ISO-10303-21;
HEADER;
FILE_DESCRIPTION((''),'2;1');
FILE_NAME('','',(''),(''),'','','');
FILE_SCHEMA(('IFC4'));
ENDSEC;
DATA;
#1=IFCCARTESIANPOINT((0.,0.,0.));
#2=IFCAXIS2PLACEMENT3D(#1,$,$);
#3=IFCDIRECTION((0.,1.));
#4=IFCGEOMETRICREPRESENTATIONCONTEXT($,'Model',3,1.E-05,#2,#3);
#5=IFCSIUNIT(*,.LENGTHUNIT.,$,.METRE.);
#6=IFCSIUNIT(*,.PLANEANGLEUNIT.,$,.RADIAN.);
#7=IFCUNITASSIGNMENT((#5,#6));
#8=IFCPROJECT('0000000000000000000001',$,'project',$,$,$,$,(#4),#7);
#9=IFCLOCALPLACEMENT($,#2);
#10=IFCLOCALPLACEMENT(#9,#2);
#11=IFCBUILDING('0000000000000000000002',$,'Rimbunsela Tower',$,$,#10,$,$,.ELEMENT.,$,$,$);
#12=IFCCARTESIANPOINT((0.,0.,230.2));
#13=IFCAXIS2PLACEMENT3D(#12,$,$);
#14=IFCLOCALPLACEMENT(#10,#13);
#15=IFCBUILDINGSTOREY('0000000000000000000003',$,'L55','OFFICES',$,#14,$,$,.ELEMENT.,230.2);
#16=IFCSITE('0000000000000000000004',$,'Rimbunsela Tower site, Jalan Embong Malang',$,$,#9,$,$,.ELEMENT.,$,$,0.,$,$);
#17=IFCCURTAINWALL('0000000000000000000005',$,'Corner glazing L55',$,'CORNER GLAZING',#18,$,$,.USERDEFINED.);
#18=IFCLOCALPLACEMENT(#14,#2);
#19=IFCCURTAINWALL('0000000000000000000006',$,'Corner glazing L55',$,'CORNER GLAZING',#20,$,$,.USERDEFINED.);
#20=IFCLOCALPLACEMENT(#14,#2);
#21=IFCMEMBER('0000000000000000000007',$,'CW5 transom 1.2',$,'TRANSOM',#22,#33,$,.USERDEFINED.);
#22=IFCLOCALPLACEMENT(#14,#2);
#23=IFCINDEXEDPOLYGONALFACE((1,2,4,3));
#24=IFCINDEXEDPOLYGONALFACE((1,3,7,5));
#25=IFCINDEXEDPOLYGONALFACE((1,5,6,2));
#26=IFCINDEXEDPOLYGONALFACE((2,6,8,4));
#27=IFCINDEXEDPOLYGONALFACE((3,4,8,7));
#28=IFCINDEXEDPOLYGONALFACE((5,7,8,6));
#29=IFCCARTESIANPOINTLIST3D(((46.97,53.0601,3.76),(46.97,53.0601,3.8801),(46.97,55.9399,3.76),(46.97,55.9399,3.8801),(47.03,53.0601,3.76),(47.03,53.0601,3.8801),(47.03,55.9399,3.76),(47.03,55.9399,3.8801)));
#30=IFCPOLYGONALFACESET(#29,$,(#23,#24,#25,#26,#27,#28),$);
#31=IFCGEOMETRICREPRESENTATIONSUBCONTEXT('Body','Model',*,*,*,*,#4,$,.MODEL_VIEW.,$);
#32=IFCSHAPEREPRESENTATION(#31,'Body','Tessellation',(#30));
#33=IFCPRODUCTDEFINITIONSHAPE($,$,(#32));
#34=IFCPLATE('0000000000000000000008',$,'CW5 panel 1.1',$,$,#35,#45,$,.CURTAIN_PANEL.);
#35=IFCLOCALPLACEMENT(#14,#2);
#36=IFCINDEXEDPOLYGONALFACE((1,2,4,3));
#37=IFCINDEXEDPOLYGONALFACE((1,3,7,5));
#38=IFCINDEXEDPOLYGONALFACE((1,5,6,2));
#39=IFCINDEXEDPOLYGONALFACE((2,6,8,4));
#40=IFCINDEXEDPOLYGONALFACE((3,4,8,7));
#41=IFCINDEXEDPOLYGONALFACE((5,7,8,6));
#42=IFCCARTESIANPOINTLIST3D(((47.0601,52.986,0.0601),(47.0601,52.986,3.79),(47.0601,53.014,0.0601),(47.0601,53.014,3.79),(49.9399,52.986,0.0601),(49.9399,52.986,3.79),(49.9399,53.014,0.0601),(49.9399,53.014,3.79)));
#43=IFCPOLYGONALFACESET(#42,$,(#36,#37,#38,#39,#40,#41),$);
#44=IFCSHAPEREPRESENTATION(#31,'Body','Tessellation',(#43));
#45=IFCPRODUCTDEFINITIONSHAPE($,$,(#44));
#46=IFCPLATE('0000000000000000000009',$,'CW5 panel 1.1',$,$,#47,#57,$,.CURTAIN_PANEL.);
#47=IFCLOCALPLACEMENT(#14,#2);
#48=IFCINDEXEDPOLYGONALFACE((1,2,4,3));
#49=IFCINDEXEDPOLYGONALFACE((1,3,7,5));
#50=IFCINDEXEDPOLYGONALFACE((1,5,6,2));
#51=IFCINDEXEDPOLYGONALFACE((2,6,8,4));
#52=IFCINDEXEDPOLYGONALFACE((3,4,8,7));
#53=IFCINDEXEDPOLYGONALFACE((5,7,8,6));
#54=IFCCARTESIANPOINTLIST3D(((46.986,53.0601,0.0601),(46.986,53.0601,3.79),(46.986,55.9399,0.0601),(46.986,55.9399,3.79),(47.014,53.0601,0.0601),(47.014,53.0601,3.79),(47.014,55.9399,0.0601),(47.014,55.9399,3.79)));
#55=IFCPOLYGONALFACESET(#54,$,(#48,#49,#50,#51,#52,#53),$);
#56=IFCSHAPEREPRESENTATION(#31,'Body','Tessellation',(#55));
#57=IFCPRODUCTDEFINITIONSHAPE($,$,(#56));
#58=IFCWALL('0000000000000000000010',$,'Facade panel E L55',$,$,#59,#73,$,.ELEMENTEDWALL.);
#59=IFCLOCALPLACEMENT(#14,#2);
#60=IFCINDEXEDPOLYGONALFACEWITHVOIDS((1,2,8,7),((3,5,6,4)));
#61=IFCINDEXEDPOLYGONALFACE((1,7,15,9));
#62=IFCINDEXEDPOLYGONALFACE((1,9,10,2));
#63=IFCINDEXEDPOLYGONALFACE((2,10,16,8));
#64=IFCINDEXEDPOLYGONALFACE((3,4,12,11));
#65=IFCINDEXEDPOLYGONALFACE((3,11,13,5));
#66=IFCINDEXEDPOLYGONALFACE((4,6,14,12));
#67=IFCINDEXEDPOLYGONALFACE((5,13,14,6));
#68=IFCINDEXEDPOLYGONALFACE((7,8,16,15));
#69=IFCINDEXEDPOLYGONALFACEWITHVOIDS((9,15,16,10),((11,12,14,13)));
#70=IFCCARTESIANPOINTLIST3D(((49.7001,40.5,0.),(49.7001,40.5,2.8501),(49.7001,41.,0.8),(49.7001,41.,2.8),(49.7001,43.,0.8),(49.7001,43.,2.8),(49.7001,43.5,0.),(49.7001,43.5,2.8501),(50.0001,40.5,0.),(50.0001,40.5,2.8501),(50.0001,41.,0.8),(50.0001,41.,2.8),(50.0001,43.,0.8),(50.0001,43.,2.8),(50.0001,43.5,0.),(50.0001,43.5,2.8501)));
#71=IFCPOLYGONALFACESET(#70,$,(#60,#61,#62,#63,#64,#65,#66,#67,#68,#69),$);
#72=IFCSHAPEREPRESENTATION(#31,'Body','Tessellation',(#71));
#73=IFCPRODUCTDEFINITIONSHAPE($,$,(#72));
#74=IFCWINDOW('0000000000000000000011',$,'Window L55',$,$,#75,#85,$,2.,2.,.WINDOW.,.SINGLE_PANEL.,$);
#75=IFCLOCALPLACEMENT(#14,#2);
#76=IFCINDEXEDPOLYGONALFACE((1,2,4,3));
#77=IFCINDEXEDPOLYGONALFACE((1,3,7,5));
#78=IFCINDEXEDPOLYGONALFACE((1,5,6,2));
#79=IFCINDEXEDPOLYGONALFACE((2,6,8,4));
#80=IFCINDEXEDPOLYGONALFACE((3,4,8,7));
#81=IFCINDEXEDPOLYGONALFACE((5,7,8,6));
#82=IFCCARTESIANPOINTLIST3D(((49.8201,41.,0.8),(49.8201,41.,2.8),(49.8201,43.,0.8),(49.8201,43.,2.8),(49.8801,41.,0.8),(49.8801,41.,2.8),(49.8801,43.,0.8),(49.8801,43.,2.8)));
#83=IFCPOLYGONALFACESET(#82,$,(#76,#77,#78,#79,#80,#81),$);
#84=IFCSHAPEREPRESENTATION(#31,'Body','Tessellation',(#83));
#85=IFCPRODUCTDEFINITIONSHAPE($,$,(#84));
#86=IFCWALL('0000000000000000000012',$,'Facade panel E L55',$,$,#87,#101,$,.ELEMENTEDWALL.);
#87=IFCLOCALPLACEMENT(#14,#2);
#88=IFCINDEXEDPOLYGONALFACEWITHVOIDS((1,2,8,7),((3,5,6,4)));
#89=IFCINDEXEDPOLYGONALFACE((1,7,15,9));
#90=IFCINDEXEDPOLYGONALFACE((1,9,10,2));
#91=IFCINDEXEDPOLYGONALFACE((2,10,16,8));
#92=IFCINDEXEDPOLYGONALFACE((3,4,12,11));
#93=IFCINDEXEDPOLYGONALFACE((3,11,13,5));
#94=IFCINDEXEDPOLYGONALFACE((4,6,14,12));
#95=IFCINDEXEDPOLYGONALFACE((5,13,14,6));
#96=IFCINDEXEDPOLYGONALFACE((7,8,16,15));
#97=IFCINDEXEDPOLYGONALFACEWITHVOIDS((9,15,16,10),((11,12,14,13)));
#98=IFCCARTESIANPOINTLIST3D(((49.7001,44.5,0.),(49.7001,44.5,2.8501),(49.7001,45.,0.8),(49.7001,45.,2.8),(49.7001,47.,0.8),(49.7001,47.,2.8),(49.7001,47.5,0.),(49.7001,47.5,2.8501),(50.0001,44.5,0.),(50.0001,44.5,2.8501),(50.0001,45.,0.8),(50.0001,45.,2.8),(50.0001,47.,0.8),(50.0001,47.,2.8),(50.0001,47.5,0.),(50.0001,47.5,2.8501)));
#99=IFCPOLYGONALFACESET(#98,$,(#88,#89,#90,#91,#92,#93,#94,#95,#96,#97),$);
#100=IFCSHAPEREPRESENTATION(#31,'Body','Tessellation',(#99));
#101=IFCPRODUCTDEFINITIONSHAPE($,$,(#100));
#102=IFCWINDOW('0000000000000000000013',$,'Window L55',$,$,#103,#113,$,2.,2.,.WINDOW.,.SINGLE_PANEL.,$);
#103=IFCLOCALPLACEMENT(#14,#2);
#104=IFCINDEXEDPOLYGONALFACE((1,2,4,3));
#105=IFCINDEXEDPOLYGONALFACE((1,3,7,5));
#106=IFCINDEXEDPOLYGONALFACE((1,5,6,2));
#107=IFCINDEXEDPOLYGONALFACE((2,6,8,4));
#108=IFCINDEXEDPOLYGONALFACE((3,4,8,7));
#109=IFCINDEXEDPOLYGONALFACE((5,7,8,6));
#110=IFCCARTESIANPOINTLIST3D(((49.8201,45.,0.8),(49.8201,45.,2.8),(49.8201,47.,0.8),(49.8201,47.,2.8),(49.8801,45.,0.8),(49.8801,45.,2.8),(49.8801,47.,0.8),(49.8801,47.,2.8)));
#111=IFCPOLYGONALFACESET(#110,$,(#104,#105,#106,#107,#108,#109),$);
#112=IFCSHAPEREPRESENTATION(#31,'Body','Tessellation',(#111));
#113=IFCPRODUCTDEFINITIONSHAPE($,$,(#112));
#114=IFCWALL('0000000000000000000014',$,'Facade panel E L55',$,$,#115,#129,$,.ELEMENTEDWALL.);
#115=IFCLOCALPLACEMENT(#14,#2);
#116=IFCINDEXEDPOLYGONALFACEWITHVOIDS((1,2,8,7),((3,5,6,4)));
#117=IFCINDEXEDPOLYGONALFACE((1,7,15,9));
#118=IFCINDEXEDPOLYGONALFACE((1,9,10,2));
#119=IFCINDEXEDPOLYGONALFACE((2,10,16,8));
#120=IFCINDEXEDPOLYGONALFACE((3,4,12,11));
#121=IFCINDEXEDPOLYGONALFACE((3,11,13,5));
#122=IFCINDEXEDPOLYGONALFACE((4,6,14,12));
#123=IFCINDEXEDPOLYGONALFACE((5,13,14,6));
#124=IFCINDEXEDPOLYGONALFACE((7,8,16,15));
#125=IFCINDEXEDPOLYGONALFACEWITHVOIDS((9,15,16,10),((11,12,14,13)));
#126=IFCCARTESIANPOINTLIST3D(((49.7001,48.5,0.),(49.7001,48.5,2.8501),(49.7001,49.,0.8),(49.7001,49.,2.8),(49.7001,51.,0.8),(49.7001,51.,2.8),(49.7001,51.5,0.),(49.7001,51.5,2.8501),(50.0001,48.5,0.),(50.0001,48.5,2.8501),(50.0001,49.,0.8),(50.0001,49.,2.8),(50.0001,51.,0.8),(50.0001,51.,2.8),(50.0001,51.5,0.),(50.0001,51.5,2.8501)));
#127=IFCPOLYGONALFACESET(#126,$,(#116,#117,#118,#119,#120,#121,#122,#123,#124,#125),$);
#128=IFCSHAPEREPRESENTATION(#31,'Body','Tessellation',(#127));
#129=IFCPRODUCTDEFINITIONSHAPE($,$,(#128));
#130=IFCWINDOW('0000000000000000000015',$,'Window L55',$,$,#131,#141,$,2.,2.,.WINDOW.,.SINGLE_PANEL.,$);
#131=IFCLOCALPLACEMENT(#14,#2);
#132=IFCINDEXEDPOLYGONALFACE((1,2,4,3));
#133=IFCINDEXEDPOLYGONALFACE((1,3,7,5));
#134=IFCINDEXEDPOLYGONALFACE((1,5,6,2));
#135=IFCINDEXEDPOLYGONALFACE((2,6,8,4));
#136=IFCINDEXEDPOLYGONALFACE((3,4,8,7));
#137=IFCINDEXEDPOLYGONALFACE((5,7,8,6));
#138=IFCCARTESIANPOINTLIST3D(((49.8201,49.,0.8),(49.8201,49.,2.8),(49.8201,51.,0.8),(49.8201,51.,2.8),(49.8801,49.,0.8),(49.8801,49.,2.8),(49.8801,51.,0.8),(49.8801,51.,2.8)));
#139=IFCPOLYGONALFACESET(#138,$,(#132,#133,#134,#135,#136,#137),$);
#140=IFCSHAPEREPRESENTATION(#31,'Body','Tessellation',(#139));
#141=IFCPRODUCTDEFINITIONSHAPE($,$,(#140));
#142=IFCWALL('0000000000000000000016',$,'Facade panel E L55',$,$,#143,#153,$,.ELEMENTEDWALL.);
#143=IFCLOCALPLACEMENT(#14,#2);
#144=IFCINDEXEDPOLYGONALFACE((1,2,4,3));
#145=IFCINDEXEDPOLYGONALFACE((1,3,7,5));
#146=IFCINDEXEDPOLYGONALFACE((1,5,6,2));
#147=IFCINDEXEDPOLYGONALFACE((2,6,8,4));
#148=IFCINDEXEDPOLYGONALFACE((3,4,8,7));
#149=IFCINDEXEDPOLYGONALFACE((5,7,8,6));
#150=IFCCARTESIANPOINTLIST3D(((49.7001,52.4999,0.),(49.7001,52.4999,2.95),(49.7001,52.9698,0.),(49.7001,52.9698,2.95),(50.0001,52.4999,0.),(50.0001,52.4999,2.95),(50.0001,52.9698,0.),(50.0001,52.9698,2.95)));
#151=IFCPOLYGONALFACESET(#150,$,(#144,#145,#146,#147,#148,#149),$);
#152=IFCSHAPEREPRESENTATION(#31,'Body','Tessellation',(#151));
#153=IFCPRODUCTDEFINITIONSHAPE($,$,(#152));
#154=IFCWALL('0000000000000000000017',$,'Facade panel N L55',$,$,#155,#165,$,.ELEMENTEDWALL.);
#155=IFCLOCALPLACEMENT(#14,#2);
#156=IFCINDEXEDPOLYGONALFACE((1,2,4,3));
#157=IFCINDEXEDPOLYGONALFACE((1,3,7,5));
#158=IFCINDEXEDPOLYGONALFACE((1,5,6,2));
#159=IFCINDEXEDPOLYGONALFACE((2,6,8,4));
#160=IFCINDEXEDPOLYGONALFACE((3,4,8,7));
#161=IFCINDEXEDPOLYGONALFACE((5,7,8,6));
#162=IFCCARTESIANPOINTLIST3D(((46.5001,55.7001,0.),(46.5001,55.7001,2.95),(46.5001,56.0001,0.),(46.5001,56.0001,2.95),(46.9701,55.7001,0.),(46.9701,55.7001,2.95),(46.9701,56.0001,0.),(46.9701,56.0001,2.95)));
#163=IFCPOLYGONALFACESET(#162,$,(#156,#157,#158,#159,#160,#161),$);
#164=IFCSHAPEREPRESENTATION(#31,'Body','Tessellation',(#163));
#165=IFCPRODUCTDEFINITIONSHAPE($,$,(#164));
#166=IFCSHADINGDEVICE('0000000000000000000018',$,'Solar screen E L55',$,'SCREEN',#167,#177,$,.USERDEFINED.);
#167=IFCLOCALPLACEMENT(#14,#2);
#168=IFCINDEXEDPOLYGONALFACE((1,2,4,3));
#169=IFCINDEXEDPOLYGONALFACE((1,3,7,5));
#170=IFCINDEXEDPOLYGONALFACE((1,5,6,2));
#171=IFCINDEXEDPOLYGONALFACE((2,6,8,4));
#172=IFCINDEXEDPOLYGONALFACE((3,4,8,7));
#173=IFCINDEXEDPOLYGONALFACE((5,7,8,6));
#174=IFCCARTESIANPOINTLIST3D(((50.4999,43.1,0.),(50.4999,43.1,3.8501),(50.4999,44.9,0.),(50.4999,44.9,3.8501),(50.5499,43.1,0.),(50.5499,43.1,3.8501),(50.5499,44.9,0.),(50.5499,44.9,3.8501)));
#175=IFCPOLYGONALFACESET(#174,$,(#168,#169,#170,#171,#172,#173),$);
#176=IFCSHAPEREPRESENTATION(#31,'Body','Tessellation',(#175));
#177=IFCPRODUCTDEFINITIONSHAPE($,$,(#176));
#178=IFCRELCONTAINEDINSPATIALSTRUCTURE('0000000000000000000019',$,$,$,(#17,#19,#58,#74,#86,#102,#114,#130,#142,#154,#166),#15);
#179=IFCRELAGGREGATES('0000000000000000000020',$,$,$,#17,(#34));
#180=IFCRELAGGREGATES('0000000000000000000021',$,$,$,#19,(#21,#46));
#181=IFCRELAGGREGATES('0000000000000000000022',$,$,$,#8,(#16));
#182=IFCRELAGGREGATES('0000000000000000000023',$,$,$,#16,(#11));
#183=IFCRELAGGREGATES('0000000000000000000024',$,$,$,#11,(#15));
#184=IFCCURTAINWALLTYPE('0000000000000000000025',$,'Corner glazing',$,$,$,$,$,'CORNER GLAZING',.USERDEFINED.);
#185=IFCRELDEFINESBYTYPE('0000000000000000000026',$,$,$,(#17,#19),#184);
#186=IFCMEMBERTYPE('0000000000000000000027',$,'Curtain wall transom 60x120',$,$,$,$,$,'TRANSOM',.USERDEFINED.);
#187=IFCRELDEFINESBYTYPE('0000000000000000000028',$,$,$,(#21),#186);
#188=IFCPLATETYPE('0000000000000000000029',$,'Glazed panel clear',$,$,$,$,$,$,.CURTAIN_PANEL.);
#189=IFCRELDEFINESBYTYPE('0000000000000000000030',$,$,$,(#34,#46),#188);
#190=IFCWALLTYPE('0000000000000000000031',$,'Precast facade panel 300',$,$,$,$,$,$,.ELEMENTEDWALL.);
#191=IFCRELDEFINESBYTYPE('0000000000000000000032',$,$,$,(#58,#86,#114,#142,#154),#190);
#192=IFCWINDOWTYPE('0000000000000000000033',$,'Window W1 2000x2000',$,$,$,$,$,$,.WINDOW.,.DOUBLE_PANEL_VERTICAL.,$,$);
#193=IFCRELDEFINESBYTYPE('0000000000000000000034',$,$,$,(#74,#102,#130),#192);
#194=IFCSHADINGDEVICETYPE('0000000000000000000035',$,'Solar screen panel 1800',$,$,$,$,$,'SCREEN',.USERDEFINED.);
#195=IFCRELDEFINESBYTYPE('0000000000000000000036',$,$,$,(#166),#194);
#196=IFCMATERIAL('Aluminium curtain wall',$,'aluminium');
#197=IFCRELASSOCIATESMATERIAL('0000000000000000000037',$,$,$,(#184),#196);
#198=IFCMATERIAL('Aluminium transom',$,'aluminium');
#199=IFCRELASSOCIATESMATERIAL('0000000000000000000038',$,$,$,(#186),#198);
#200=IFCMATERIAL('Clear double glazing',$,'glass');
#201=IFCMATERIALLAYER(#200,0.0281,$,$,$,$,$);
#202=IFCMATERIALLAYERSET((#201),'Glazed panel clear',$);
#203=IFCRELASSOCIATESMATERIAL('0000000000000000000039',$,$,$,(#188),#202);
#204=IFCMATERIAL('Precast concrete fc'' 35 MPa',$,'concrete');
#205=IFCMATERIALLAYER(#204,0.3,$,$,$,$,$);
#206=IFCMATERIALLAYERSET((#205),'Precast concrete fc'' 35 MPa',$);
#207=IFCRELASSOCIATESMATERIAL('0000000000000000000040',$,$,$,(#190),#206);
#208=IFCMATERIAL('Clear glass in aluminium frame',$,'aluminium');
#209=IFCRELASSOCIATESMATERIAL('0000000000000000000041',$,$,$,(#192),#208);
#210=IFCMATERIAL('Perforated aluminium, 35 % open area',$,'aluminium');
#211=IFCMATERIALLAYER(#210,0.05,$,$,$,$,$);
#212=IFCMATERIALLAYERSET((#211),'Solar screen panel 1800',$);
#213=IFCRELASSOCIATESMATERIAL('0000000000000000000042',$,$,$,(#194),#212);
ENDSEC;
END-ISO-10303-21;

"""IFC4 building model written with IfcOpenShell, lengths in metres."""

from ifc_helpers import new_model, si_unit, direction, frame, frame_2d, origin, origin_2d, place, context, subcontext, project, spatial, rectangle, extrude, material, layer, layer_set, material_profile, profile_set, type_object, element, fill, aggregate, save


model = new_model("IFC4")

# Units and contexts
model_context = context("Model", 3, precision=1e-05, world=origin(), true_north=direction((0.0, 1.0)))
body_context = subcontext(model_context, "Body", "Model", "MODEL_VIEW")
ifc_project = project(units=[si_unit("LENGTHUNIT", "METRE"), si_unit("PLANEANGLEUNIT", "RADIAN")], contexts=[model_context])

# Site, building, storey
site_placement = place(None, origin())
site = spatial("IfcSite", under=ifc_project, at=site_placement, Name="Rimbunsela Tower site, Jalan Embong Malang", CompositionType="ELEMENT", RefElevation=0.0)
building_placement = place(site_placement, origin())
building = spatial("IfcBuilding", under=site, at=building_placement, Name="Rimbunsela Tower", CompositionType="ELEMENT")
storey_placement = place(building_placement, frame((0.0, 0.0, 230.2)))
storey = spatial("IfcBuildingStorey", under=building, at=storey_placement, Name="L55", Description="OFFICES", CompositionType="ELEMENT", Elevation=230.2)

# Curtain walls
ifc_material_1 = material(Name="Aluminium curtain wall", Category="aluminium")
curtain_wall_type = type_object("IfcCurtainWallType", Name="Corner glazing", ElementType="CORNER GLAZING", PredefinedType="USERDEFINED", material=ifc_material_1)
curtain_wall_1_placement = place(storey_placement, origin())
curtain_wall_1 = element("IfcCurtainWall", 1, at=curtain_wall_1_placement, inside=storey, type_object=curtain_wall_type, Name="Corner glazing L55", ObjectType="CORNER GLAZING", PredefinedType="USERDEFINED")
curtain_wall_2_placement = place(storey_placement, origin())
curtain_wall_2 = element("IfcCurtainWall", 2, at=curtain_wall_2_placement, inside=storey, type_object=curtain_wall_type, Name="Corner glazing L55", ObjectType="CORNER GLAZING", PredefinedType="USERDEFINED")

# Member
ifc_material_2 = material(Name="Aluminium transom", Category="aluminium")
ifc_material_profile_1 = material_profile(ifc_material_2, rectangle(XDim=0.0601, YDim=0.1201, at=origin_2d()), Name="Transom 60x120")
ifc_profile_set_1 = profile_set([ifc_material_profile_1], Name="Aluminium transom")
member_type_1 = type_object("IfcMemberType", Name="Curtain wall transom 60x120", ElementType="TRANSOM", PredefinedType="USERDEFINED", material=ifc_profile_set_1)
member_1_placement = place(storey_placement, frame((47.0, 53.0601, 3.8201), z_axis=(0.0, 1.0, 0.0), x_axis=(-1.0, 0.0, 0.0)))
member_1 = element("IfcMember", 3, at=member_1_placement, type_object=member_type_1, Name="CW5 transom 1.2", ObjectType="TRANSOM", PredefinedType="USERDEFINED", context=body_context, shape_type="SweptSolid", body=[
    extrude(rectangle(XDim=0.0601, YDim=0.1201, at=origin_2d()), origin(), (0.0, 0.0, 1.0), 2.8799),
])

# Plates
ifc_material_3 = material(Name="Clear double glazing", Category="glass")
ifc_layer_1 = layer(ifc_material_3, 0.0281)
ifc_layer_set_1 = layer_set([ifc_layer_1], Name="Glazed panel clear")
plate_type = type_object("IfcPlateType", Name="Glazed panel clear", PredefinedType="CURTAIN_PANEL", material=ifc_layer_set_1)
plate_1_placement = place(storey_placement, frame((48.5, 53.0, 0.0601), z_axis=(0.0, 0.0, 1.0), x_axis=(-1.0, 0.0, 0.0)))
plate_1 = element("IfcPlate", 4, at=plate_1_placement, type_object=plate_type, Name="CW5 panel 1.1", PredefinedType="CURTAIN_PANEL", context=body_context, shape_type="SweptSolid", body=[
    extrude(rectangle(XDim=2.8799, YDim=0.0281, at=origin_2d()), origin(), (0.0, 0.0, 1.0), 3.73),
])
aggregate(curtain_wall_1, [plate_1])
plate_2_placement = place(storey_placement, frame((47.0, 54.5, 0.0601), z_axis=(0.0, 0.0, 1.0), x_axis=(0.0, 1.0, 0.0)))
plate_2 = element("IfcPlate", 5, at=plate_2_placement, type_object=plate_type, Name="CW5 panel 1.1", PredefinedType="CURTAIN_PANEL", context=body_context, shape_type="SweptSolid", body=[
    extrude(rectangle(XDim=2.8799, YDim=0.0281, at=origin_2d()), origin(), (0.0, 0.0, 1.0), 3.73),
])
aggregate(curtain_wall_2, [member_1, plate_2])

# Walls, openings, windows
ifc_material_4 = material(Name="Precast concrete fc' 35 MPa", Category="concrete")
ifc_layer_2 = layer(ifc_material_4, 0.3)
ifc_layer_set_2 = layer_set([ifc_layer_2], Name="Precast concrete fc' 35 MPa")
wall_type = type_object("IfcWallType", Name="Precast facade panel 300", PredefinedType="ELEMENTEDWALL", material=ifc_layer_set_2)
wall_1_placement = place(storey_placement, frame((49.8501, 40.5, 0.0), z_axis=(0.0, 0.0, 1.0), x_axis=(0.0, 1.0, 0.0)))
wall_1 = element("IfcWall", 6, at=wall_1_placement, inside=storey, type_object=wall_type, Name="Facade panel E L55", PredefinedType="ELEMENTEDWALL", context=body_context, shape_type="SweptSolid", body=[
    extrude(rectangle(XDim=3.0, YDim=0.3, at=frame_2d((1.5, 0.0))), origin(), (0.0, 0.0, 1.0), 2.8501),
])
opening_1_placement = place(wall_1_placement, frame((0.5, 0.0, 0.8)))
opening_1 = element("IfcOpeningElement", 7, at=opening_1_placement, cuts=wall_1, PredefinedType="OPENING", context=body_context, shape_type="SweptSolid", body=[
    extrude(rectangle(XDim=2.0, YDim=2.0, at=frame_2d((1.0, 1.0))), frame((0.0, 0.1599, 0.0), z_axis=(0.0, -1.0, 0.0), x_axis=(1.0, 0.0, 0.0)), (0.0, 0.0, 1.0), 0.3201),
])
ifc_material_5 = material(Name="Clear glass in aluminium frame", Category="aluminium")
window_type = type_object("IfcWindowType", Name="Window W1 2000x2000", PartitioningType="DOUBLE_PANEL_VERTICAL", PredefinedType="WINDOW", material=ifc_material_5)
window_1_placement = place(opening_1_placement, origin())
window_1 = element("IfcWindow", 8, at=window_1_placement, inside=storey, type_object=window_type, Name="Window L55", OverallHeight=2.0, OverallWidth=2.0, PartitioningType="SINGLE_PANEL", PredefinedType="WINDOW", context=body_context, shape_type="SweptSolid", body=[
    extrude(rectangle(XDim=2.0, YDim=2.0, at=frame_2d((1.0, 1.0))), frame((0.0, 0.03, 0.0), z_axis=(0.0, -1.0, 0.0), x_axis=(1.0, 0.0, 0.0)), (0.0, 0.0, 1.0), 0.0601),
])
fill(opening_1, window_1)
wall_2_placement = place(storey_placement, frame((49.8501, 44.5, 0.0), z_axis=(0.0, 0.0, 1.0), x_axis=(0.0, 1.0, 0.0)))
wall_2 = element("IfcWall", 9, at=wall_2_placement, inside=storey, type_object=wall_type, Name="Facade panel E L55", PredefinedType="ELEMENTEDWALL", context=body_context, shape_type="SweptSolid", body=[
    extrude(rectangle(XDim=3.0, YDim=0.3, at=frame_2d((1.5, 0.0))), origin(), (0.0, 0.0, 1.0), 2.8501),
])
opening_2_placement = place(wall_2_placement, frame((0.5, 0.0, 0.8)))
opening_2 = element("IfcOpeningElement", 10, at=opening_2_placement, cuts=wall_2, PredefinedType="OPENING", context=body_context, shape_type="SweptSolid", body=[
    extrude(rectangle(XDim=2.0, YDim=2.0, at=frame_2d((1.0, 1.0))), frame((0.0, 0.1599, 0.0), z_axis=(0.0, -1.0, 0.0), x_axis=(1.0, 0.0, 0.0)), (0.0, 0.0, 1.0), 0.3201),
])
window_2_placement = place(opening_2_placement, origin())
window_2 = element("IfcWindow", 11, at=window_2_placement, inside=storey, type_object=window_type, Name="Window L55", OverallHeight=2.0, OverallWidth=2.0, PartitioningType="SINGLE_PANEL", PredefinedType="WINDOW", context=body_context, shape_type="SweptSolid", body=[
    extrude(rectangle(XDim=2.0, YDim=2.0, at=frame_2d((1.0, 1.0))), frame((0.0, 0.03, 0.0), z_axis=(0.0, -1.0, 0.0), x_axis=(1.0, 0.0, 0.0)), (0.0, 0.0, 1.0), 0.0601),
])
fill(opening_2, window_2)
wall_3_placement = place(storey_placement, frame((49.8501, 48.5, 0.0), z_axis=(0.0, 0.0, 1.0), x_axis=(0.0, 1.0, 0.0)))
wall_3 = element("IfcWall", 12, at=wall_3_placement, inside=storey, type_object=wall_type, Name="Facade panel E L55", PredefinedType="ELEMENTEDWALL", context=body_context, shape_type="SweptSolid", body=[
    extrude(rectangle(XDim=3.0, YDim=0.3, at=frame_2d((1.5, 0.0))), origin(), (0.0, 0.0, 1.0), 2.8501),
])
opening_3_placement = place(wall_3_placement, frame((0.5, 0.0, 0.8)))
opening_3 = element("IfcOpeningElement", 13, at=opening_3_placement, cuts=wall_3, PredefinedType="OPENING", context=body_context, shape_type="SweptSolid", body=[
    extrude(rectangle(XDim=2.0, YDim=2.0, at=frame_2d((1.0, 1.0))), frame((0.0, 0.1599, 0.0), z_axis=(0.0, -1.0, 0.0), x_axis=(1.0, 0.0, 0.0)), (0.0, 0.0, 1.0), 0.3201),
])
window_3_placement = place(opening_3_placement, origin())
window_3 = element("IfcWindow", 14, at=window_3_placement, inside=storey, type_object=window_type, Name="Window L55", OverallHeight=2.0, OverallWidth=2.0, PartitioningType="SINGLE_PANEL", PredefinedType="WINDOW", context=body_context, shape_type="SweptSolid", body=[
    extrude(rectangle(XDim=2.0, YDim=2.0, at=frame_2d((1.0, 1.0))), frame((0.0, 0.03, 0.0), z_axis=(0.0, -1.0, 0.0), x_axis=(1.0, 0.0, 0.0)), (0.0, 0.0, 1.0), 0.0601),
])
fill(opening_3, window_3)

# Walls
for number, where, z_axis, x_axis, name in (
    (15, (49.8501, 52.5, 0.0), (0.0, 0.0, 1.0), (0.0, 1.0, 0.0), "Facade panel E L55"),
    (16, (46.97, 55.8501, 0.0), (0.0, 0.0, 1.0), (-1.0, 0.0, 0.0), "Facade panel N L55"),
):
    element("IfcWall", number, at=place(storey_placement, frame(where, z_axis=z_axis, x_axis=x_axis)), inside=storey, type_object=wall_type, Name=name, PredefinedType="ELEMENTEDWALL", context=body_context, shape_type="SweptSolid", body=[
        extrude(rectangle(XDim=0.47, YDim=0.3, at=frame_2d((0.2349, 0.0))), origin(), (0.0, 0.0, 1.0), 2.95),
    ])

# Shading device
ifc_material_6 = material(Name="Perforated aluminium, 35 % open area", Category="aluminium")
ifc_layer_3 = layer(ifc_material_6, 0.05)
ifc_layer_set_3 = layer_set([ifc_layer_3], Name="Solar screen panel 1800")
shading_device_type = type_object("IfcShadingDeviceType", Name="Solar screen panel 1800", ElementType="SCREEN", PredefinedType="USERDEFINED", material=ifc_layer_set_3)
for number, where, z_axis, x_axis, name in (
    (17, (50.5249, 44.0, 0.0), (0.0, 0.0, 1.0), (0.0, 1.0, 0.0), "Solar screen E L55"),
):
    element("IfcShadingDevice", number, at=place(storey_placement, frame(where, z_axis=z_axis, x_axis=x_axis)), inside=storey, type_object=shading_device_type, Name=name, ObjectType="SCREEN", PredefinedType="USERDEFINED", context=body_context, shape_type="SweptSolid", body=[
        extrude(rectangle(XDim=1.8, YDim=0.05, at=origin_2d()), origin(), (0.0, 0.0, 1.0), 3.8501),
    ])

save(model, "model.ifc")
